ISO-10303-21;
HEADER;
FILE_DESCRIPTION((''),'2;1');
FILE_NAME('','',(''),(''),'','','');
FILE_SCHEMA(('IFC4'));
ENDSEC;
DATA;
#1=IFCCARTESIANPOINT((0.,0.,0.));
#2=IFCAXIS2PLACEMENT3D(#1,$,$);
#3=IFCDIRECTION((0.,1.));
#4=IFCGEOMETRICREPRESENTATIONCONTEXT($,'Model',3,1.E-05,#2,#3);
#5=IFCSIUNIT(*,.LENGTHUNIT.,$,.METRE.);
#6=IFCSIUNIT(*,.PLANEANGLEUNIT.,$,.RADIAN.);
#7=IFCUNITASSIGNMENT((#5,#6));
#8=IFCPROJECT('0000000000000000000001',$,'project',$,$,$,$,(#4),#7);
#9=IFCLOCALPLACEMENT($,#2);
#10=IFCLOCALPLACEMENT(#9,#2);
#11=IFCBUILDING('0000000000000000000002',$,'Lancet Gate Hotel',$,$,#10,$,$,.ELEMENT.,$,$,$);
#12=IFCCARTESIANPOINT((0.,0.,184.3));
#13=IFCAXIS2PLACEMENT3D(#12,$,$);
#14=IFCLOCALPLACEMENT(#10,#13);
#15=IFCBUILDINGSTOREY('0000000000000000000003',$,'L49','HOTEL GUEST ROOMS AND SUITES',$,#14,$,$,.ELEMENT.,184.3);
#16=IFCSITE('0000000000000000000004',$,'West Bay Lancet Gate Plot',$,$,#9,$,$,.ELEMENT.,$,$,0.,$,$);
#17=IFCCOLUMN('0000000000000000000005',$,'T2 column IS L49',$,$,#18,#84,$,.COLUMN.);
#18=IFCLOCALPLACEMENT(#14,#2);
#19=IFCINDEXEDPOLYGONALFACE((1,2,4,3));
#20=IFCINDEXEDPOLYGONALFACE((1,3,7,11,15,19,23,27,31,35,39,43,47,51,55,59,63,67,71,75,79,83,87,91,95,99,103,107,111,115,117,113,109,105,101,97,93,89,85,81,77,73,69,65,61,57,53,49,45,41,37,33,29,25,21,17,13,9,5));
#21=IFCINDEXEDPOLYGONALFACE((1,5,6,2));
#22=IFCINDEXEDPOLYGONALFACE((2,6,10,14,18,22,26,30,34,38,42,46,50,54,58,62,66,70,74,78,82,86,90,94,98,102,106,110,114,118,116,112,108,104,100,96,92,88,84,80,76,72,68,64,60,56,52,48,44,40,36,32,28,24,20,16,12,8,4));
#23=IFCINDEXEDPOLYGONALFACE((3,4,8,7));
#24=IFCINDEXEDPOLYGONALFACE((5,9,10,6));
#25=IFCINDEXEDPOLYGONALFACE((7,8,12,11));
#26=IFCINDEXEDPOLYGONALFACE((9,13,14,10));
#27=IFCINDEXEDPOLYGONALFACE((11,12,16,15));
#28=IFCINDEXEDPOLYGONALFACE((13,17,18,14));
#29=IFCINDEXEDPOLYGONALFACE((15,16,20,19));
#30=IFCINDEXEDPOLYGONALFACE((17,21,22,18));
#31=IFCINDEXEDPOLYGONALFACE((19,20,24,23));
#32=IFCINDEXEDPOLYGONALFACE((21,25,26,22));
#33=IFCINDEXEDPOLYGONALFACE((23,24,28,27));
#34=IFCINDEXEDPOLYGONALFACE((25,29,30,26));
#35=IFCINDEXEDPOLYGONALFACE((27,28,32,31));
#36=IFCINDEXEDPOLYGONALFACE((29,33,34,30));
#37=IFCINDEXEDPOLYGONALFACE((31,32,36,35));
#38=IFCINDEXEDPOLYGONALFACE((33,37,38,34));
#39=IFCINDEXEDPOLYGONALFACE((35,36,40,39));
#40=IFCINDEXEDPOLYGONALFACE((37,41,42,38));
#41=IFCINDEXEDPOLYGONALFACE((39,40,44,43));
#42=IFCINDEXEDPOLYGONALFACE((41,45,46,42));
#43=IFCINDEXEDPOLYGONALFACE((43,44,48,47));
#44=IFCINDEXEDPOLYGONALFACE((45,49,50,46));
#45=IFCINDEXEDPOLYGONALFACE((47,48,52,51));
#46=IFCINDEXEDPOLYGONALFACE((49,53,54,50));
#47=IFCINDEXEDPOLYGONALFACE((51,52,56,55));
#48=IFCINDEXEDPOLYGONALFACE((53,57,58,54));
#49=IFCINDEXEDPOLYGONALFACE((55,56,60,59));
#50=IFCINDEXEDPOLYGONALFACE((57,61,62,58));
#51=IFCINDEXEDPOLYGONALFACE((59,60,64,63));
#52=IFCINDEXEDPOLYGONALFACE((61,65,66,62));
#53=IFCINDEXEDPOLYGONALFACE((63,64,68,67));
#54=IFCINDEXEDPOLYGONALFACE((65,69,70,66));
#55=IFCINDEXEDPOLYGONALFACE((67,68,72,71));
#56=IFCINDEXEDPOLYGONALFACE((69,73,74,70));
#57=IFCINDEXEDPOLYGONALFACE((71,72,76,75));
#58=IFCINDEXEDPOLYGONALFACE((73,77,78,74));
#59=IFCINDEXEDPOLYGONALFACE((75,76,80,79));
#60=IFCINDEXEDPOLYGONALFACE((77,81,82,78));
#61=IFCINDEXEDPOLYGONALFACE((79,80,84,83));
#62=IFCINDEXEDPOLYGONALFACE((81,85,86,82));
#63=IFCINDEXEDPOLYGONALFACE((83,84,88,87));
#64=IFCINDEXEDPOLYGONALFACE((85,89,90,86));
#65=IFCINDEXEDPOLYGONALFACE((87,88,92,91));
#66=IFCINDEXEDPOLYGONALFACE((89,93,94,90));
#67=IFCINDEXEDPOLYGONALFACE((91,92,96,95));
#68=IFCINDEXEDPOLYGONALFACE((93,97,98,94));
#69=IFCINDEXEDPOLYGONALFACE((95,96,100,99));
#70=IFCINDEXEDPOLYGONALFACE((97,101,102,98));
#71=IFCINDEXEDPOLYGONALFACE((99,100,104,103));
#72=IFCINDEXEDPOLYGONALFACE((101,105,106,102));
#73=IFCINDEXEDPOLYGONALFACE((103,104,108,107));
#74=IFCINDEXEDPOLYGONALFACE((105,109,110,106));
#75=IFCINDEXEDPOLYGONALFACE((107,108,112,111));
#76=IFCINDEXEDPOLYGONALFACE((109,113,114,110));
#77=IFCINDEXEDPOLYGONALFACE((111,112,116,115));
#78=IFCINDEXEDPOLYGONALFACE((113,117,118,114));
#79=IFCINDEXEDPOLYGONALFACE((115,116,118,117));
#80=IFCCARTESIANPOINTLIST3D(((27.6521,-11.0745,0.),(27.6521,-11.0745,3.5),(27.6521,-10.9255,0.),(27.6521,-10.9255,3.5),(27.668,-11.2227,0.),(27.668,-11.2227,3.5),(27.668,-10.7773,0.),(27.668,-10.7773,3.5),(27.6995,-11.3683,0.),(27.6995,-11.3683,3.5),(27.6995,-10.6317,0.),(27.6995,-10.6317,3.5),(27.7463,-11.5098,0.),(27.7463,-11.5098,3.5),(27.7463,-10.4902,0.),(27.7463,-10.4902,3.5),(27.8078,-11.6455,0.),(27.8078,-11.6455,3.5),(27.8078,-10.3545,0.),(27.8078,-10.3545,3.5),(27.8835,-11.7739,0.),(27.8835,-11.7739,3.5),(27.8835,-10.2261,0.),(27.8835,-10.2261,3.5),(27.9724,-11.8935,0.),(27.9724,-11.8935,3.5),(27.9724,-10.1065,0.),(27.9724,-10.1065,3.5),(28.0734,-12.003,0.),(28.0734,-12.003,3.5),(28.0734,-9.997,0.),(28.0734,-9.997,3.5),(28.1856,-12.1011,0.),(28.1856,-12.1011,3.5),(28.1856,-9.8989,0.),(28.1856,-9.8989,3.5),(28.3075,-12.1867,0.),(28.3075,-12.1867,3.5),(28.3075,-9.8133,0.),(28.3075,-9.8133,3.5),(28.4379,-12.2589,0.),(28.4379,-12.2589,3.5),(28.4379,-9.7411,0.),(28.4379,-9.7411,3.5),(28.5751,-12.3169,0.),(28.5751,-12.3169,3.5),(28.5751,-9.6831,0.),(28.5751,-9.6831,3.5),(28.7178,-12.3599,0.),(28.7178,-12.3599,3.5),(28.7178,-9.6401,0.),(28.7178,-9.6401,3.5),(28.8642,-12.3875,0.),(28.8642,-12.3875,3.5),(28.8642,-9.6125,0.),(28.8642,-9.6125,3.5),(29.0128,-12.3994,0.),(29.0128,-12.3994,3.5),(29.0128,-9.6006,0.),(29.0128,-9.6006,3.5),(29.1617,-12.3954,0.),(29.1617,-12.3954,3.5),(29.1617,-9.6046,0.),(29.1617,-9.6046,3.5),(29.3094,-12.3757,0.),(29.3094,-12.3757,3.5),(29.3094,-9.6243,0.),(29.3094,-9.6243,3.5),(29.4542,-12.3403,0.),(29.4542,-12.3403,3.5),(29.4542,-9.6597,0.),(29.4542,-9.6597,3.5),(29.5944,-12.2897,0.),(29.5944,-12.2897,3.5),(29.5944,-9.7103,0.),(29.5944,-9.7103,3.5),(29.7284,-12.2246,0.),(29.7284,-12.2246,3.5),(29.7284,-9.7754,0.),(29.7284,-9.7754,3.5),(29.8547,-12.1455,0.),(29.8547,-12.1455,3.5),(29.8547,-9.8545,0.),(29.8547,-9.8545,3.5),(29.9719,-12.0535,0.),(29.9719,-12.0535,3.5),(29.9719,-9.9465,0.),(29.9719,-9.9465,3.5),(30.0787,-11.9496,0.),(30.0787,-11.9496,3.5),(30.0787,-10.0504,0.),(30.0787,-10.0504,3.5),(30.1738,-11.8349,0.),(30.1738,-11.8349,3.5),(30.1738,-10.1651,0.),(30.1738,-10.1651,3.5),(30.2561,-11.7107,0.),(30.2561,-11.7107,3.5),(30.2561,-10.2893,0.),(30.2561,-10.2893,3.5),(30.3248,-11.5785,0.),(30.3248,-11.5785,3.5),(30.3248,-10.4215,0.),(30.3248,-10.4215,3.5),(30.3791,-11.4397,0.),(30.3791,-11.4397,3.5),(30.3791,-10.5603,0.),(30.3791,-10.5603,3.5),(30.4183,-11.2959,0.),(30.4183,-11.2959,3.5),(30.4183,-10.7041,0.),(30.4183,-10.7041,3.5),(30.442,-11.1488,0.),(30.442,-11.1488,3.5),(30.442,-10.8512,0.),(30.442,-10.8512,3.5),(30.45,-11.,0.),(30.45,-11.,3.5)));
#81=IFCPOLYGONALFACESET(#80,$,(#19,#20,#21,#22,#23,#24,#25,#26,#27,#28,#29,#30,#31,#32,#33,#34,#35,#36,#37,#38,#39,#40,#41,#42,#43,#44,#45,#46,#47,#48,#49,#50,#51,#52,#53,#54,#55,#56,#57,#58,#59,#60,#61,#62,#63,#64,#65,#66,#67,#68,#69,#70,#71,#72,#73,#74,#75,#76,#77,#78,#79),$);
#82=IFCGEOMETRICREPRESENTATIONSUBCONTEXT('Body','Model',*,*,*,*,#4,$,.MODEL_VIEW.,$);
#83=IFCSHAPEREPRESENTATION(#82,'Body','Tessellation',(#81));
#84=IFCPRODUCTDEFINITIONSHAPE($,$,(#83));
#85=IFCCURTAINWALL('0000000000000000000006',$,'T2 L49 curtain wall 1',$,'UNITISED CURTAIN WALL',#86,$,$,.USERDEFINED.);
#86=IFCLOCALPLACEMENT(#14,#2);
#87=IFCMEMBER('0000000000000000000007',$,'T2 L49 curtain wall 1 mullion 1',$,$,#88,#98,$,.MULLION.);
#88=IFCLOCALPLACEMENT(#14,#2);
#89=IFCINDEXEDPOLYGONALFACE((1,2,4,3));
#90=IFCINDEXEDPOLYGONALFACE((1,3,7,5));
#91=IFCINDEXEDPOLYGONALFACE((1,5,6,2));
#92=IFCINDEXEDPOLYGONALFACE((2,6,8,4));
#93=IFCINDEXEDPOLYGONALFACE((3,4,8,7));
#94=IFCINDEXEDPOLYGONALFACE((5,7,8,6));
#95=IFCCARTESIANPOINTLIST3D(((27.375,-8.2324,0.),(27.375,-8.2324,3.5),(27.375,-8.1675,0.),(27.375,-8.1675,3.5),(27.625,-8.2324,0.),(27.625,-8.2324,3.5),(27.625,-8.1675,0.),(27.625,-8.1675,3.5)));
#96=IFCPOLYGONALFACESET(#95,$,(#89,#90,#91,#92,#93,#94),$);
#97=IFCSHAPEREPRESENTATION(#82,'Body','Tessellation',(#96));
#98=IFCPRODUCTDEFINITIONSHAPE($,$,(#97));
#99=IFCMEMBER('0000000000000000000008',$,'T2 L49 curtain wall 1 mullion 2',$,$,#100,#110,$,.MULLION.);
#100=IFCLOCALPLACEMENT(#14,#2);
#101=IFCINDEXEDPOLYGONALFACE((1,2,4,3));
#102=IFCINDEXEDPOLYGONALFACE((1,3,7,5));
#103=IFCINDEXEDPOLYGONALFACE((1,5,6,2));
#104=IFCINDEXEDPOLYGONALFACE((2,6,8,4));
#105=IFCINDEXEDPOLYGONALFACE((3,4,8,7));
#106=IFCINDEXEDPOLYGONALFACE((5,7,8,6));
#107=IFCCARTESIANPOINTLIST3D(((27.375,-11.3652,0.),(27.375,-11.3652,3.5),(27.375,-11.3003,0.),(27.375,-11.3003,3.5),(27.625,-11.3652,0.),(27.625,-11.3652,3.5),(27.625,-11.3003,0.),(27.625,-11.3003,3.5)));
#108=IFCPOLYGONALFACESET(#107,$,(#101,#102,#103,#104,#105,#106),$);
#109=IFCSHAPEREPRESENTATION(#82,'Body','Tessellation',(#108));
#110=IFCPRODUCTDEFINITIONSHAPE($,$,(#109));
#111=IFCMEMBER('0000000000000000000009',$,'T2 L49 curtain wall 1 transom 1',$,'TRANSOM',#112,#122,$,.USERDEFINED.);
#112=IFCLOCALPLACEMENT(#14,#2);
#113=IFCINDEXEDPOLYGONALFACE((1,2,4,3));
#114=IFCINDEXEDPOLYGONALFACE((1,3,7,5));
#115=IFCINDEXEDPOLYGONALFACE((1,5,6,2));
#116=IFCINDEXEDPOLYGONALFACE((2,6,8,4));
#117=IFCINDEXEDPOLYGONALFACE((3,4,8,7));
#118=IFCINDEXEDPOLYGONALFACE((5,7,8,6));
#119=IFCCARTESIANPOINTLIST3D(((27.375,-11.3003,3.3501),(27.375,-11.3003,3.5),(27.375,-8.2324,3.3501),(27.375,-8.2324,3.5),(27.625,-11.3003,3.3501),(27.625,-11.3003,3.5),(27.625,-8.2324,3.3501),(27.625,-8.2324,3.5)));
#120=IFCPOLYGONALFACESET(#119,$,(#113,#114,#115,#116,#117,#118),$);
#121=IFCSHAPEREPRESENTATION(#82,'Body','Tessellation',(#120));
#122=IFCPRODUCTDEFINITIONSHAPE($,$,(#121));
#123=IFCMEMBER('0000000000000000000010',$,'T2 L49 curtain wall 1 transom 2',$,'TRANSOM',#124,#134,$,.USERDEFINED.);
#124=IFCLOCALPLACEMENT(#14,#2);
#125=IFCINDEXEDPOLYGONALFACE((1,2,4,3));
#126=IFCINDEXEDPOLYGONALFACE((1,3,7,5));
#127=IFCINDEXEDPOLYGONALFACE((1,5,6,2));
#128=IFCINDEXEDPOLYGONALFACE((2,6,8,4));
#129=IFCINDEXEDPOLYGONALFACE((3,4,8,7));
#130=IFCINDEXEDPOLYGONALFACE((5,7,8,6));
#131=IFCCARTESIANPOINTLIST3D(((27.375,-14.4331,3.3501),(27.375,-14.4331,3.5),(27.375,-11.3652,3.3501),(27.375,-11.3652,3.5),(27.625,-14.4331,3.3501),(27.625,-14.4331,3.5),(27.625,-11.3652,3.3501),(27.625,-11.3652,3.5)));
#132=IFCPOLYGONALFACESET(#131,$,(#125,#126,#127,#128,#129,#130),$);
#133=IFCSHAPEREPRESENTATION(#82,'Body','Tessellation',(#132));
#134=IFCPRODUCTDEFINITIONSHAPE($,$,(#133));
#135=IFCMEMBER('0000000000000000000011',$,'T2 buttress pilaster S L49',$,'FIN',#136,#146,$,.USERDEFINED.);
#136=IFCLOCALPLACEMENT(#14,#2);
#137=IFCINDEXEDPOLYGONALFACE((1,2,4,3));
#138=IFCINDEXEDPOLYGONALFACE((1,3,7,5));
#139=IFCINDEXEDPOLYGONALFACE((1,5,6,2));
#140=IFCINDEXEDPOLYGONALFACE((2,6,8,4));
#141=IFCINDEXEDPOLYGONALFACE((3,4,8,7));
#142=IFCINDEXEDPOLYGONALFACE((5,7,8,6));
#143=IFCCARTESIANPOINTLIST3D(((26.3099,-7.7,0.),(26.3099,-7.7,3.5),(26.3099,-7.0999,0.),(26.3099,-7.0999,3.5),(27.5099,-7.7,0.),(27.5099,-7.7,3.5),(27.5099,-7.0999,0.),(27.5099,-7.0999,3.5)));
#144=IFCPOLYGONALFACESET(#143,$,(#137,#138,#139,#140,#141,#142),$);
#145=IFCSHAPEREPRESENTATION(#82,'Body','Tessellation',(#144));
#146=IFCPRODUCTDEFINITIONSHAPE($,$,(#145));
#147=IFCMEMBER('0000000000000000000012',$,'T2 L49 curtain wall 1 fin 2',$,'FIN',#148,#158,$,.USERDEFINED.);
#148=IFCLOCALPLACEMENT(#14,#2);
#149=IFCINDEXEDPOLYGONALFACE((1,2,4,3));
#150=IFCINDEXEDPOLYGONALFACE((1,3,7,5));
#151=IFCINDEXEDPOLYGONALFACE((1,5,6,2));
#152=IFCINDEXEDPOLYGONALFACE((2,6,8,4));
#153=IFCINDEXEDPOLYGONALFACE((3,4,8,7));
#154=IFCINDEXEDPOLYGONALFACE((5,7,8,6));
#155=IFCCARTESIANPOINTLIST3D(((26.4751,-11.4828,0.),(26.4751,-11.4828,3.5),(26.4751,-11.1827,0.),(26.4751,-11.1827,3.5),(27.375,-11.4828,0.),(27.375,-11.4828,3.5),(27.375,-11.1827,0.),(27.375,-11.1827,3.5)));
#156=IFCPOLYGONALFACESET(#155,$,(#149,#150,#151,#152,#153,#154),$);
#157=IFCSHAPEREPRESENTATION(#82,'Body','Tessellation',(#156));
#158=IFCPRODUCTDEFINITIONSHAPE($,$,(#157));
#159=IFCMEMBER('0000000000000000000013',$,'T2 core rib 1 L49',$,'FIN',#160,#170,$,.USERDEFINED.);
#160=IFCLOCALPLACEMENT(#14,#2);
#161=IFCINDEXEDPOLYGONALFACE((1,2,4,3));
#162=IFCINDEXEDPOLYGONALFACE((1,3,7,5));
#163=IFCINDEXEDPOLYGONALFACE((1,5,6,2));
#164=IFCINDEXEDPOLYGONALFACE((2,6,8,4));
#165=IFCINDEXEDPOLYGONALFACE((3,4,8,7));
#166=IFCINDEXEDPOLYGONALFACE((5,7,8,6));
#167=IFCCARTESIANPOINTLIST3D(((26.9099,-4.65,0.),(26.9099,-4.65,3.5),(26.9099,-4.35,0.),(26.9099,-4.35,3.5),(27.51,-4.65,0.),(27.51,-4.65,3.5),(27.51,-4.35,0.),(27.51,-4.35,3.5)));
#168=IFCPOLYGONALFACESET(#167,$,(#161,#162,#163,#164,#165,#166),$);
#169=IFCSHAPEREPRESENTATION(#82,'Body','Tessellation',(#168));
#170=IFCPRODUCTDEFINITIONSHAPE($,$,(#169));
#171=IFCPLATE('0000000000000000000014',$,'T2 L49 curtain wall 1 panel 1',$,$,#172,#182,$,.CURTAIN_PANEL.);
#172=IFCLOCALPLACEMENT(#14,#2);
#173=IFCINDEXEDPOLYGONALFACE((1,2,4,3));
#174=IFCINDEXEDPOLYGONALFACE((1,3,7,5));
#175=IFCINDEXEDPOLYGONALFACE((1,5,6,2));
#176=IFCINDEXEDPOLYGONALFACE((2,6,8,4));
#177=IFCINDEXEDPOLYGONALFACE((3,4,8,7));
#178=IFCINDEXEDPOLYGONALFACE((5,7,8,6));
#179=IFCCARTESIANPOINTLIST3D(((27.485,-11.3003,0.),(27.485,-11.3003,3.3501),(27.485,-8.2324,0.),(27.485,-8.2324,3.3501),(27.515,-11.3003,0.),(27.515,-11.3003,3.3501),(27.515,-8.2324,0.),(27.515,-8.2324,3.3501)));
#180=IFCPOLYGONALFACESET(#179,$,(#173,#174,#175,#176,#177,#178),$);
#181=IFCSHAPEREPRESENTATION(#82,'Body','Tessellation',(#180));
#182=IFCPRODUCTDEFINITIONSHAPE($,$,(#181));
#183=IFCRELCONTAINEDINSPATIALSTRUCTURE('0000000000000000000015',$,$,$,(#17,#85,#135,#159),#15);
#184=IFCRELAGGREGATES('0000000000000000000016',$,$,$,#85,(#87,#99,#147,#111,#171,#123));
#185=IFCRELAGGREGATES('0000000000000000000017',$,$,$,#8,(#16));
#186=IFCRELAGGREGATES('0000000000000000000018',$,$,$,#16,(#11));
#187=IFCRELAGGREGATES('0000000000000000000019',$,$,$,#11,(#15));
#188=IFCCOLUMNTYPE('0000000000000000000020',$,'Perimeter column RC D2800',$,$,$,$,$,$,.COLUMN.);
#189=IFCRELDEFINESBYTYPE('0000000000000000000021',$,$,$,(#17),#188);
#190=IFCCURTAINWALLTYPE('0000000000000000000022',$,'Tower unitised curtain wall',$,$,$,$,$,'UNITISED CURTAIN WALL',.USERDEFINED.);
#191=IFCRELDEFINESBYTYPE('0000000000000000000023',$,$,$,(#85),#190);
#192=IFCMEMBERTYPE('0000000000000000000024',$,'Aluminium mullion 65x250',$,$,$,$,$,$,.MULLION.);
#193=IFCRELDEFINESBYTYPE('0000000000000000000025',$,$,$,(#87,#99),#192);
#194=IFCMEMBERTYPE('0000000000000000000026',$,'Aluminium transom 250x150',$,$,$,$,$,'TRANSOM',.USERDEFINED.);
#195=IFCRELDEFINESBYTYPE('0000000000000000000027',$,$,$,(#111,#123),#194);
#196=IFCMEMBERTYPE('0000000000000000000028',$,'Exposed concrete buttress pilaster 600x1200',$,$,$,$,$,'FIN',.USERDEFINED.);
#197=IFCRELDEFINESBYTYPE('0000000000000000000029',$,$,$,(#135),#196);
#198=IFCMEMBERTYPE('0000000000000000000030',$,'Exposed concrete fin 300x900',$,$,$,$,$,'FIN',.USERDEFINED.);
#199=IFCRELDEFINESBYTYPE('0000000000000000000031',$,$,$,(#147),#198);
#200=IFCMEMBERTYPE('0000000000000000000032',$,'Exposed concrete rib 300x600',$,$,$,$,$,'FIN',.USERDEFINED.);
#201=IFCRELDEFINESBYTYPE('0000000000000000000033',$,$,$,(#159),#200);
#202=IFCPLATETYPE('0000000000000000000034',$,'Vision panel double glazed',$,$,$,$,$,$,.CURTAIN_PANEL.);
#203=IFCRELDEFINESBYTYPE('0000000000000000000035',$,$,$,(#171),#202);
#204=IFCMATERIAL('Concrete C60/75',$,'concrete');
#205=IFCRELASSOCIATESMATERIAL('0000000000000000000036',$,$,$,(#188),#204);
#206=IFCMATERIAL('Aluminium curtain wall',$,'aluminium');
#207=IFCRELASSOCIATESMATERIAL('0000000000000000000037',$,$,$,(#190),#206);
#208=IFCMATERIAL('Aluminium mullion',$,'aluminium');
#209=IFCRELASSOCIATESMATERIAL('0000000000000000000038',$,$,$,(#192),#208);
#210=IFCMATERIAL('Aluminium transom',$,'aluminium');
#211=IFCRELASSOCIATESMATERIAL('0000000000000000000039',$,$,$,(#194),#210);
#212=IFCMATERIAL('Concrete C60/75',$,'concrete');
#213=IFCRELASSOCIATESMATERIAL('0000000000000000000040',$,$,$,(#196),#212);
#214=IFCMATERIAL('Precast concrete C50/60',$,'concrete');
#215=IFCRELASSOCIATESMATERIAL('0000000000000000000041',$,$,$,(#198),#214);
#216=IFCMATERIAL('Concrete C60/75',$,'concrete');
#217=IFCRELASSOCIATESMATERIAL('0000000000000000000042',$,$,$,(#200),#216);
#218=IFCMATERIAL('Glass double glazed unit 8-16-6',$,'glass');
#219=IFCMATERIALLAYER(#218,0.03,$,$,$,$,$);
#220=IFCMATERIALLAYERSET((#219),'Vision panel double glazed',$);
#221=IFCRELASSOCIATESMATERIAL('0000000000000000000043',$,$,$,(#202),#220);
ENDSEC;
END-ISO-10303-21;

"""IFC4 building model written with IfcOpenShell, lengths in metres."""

from ifc_helpers import new_model, si_unit, direction, frame, origin, origin_2d, place, context, subcontext, project, spatial, rectangle, circle, extrude, material, layer, layer_set, material_profile, profile_set, type_object, element, aggregate, save


model = new_model("IFC4")

# Units and contexts
model_context = context("Model", 3, precision=1e-05, world=origin(), true_north=direction((0.0, 1.0)))
body_context = subcontext(model_context, "Body", "Model", "MODEL_VIEW")
ifc_project = project(units=[si_unit("LENGTHUNIT", "METRE"), si_unit("PLANEANGLEUNIT", "RADIAN")], contexts=[model_context])

# Site, building, storey
site_placement = place(None, origin())
site = spatial("IfcSite", under=ifc_project, at=site_placement, Name="West Bay Lancet Gate Plot", CompositionType="ELEMENT", RefElevation=0.0)
building_placement = place(site_placement, origin())
building = spatial("IfcBuilding", under=site, at=building_placement, Name="Lancet Gate Hotel", CompositionType="ELEMENT")
storey_placement = place(building_placement, frame((0.0, 0.0, 184.3)))
storey = spatial("IfcBuildingStorey", under=building, at=storey_placement, Name="L49", Description="HOTEL GUEST ROOMS AND SUITES", CompositionType="ELEMENT", Elevation=184.3)

# Column
ifc_material_1 = material(Name="Concrete C60/75", Category="concrete")
ifc_material_profile_1 = material_profile(ifc_material_1, circle(Radius=1.3999, at=origin_2d()), Name="RC D2800")
ifc_profile_set_1 = profile_set([ifc_material_profile_1], Name="Concrete C60/75")
column_type = type_object("IfcColumnType", Name="Perimeter column RC D2800", PredefinedType="COLUMN", material=ifc_profile_set_1)
column_placement = place(storey_placement, frame((29.05, -11.0, 0.0), z_axis=(0.0, 0.0, 1.0), x_axis=(1.0, 0.0, 0.0)))
element("IfcColumn", 1, at=column_placement, inside=storey, type_object=column_type, Name="T2 column IS L49", PredefinedType="COLUMN", context=body_context, shape_type="SweptSolid", body=[
    extrude(circle(Radius=1.3999, at=origin_2d()), origin(), (0.0, 0.0, 1.0), 3.5),
])

# Curtain wall, members
ifc_material_2 = material(Name="Aluminium curtain wall", Category="aluminium")
curtain_wall_type = type_object("IfcCurtainWallType", Name="Tower unitised curtain wall", ElementType="UNITISED CURTAIN WALL", PredefinedType="USERDEFINED", material=ifc_material_2)
curtain_wall_placement = place(storey_placement, origin())
curtain_wall = element("IfcCurtainWall", 2, at=curtain_wall_placement, inside=storey, type_object=curtain_wall_type, Name="T2 L49 curtain wall 1", ObjectType="UNITISED CURTAIN WALL", PredefinedType="USERDEFINED")
ifc_material_3 = material(Name="Aluminium mullion", Category="aluminium")
ifc_material_profile_2 = material_profile(ifc_material_3, rectangle(XDim=0.0649, YDim=0.25, at=origin_2d()), Name="MULLION 65x250")
ifc_profile_set_2 = profile_set([ifc_material_profile_2], Name="Aluminium mullion")
member_type_1 = type_object("IfcMemberType", Name="Aluminium mullion 65x250", PredefinedType="MULLION", material=ifc_profile_set_2)
member_1_placement = place(storey_placement, frame((27.5, -8.2, 0.0), z_axis=(0.0, 0.0, 1.0), x_axis=(0.0, -1.0, 0.0)))
member_1 = element("IfcMember", 3, at=member_1_placement, type_object=member_type_1, Name="T2 L49 curtain wall 1 mullion 1", PredefinedType="MULLION", context=body_context, shape_type="SweptSolid", body=[
    extrude(rectangle(XDim=0.0649, YDim=0.25, at=origin_2d()), origin(), (0.0, 0.0, 1.0), 3.5),
])
member_2_placement = place(storey_placement, frame((27.5, -11.3328, 0.0), z_axis=(0.0, 0.0, 1.0), x_axis=(0.0, -1.0, 0.0)))
member_2 = element("IfcMember", 4, at=member_2_placement, type_object=member_type_1, Name="T2 L49 curtain wall 1 mullion 2", PredefinedType="MULLION", context=body_context, shape_type="SweptSolid", body=[
    extrude(rectangle(XDim=0.0649, YDim=0.25, at=origin_2d()), origin(), (0.0, 0.0, 1.0), 3.5),
])
ifc_material_4 = material(Name="Aluminium transom", Category="aluminium")
ifc_material_profile_3 = material_profile(ifc_material_4, rectangle(XDim=0.25, YDim=0.1499, at=origin_2d()), Name="TRANSOM 250x150")
ifc_profile_set_3 = profile_set([ifc_material_profile_3], Name="Aluminium transom")
member_type_2 = type_object("IfcMemberType", Name="Aluminium transom 250x150", ElementType="TRANSOM", PredefinedType="USERDEFINED", material=ifc_profile_set_3)
member_3_placement = place(storey_placement, frame((27.5, -8.2324, 3.425), z_axis=(0.0, -1.0, 0.0), x_axis=(1.0, 0.0, 0.0)))
member_3 = element("IfcMember", 5, at=member_3_placement, type_object=member_type_2, Name="T2 L49 curtain wall 1 transom 1", ObjectType="TRANSOM", PredefinedType="USERDEFINED", context=body_context, shape_type="SweptSolid", body=[
    extrude(rectangle(XDim=0.25, YDim=0.1499, at=origin_2d()), origin(), (0.0, 0.0, 1.0), 3.0679),
])
member_4_placement = place(storey_placement, frame((27.5, -11.3652, 3.425), z_axis=(0.0, -1.0, 0.0), x_axis=(1.0, 0.0, 0.0)))
member_4 = element("IfcMember", 6, at=member_4_placement, type_object=member_type_2, Name="T2 L49 curtain wall 1 transom 2", ObjectType="TRANSOM", PredefinedType="USERDEFINED", context=body_context, shape_type="SweptSolid", body=[
    extrude(rectangle(XDim=0.25, YDim=0.1499, at=origin_2d()), origin(), (0.0, 0.0, 1.0), 3.0679),
])

# Members
ifc_material_5 = material(Name="Concrete C60/75", Category="concrete")
ifc_material_profile_4 = material_profile(ifc_material_5, rectangle(XDim=0.6001, YDim=1.2, at=origin_2d()), Name="FIN 600x1200")
ifc_profile_set_4 = profile_set([ifc_material_profile_4], Name="Concrete C60/75")
member_type_3 = type_object("IfcMemberType", Name="Exposed concrete buttress pilaster 600x1200", ElementType="FIN", PredefinedType="USERDEFINED", material=ifc_profile_set_4)
member_5_placement = place(storey_placement, frame((26.9099, -7.3999, 0.0), z_axis=(0.0, 0.0, 1.0), x_axis=(0.0, 1.0, 0.0)))
element("IfcMember", 7, at=member_5_placement, inside=storey, type_object=member_type_3, Name="T2 buttress pilaster S L49", ObjectType="FIN", PredefinedType="USERDEFINED", context=body_context, shape_type="SweptSolid", body=[
    extrude(rectangle(XDim=0.6001, YDim=1.2, at=origin_2d()), origin(), (0.0, 0.0, 1.0), 3.5),
])
ifc_material_6 = material(Name="Precast concrete C50/60", Category="concrete")
ifc_material_profile_5 = material_profile(ifc_material_6, rectangle(XDim=0.3, YDim=0.8999, at=origin_2d()), Name="FIN 300x900")
ifc_profile_set_5 = profile_set([ifc_material_profile_5], Name="Precast concrete C50/60")
member_type_4 = type_object("IfcMemberType", Name="Exposed concrete fin 300x900", ElementType="FIN", PredefinedType="USERDEFINED", material=ifc_profile_set_5)
member_6_placement = place(storey_placement, frame((26.925, -11.3328, 0.0), z_axis=(0.0, 0.0, 1.0), x_axis=(0.0, -1.0, 0.0)))
member_6 = element("IfcMember", 8, at=member_6_placement, type_object=member_type_4, Name="T2 L49 curtain wall 1 fin 2", ObjectType="FIN", PredefinedType="USERDEFINED", context=body_context, shape_type="SweptSolid", body=[
    extrude(rectangle(XDim=0.3, YDim=0.8999, at=origin_2d()), origin(), (0.0, 0.0, 1.0), 3.5),
])
ifc_material_7 = material(Name="Concrete C60/75", Category="concrete")
ifc_material_profile_6 = material_profile(ifc_material_7, rectangle(XDim=0.3, YDim=0.6001, at=origin_2d()), Name="FIN 300x600")
ifc_profile_set_6 = profile_set([ifc_material_profile_6], Name="Concrete C60/75")
member_type_5 = type_object("IfcMemberType", Name="Exposed concrete rib 300x600", ElementType="FIN", PredefinedType="USERDEFINED", material=ifc_profile_set_6)
member_7_placement = place(storey_placement, frame((27.21, -4.5, 0.0), z_axis=(0.0, 0.0, 1.0), x_axis=(0.0, 1.0, 0.0)))
element("IfcMember", 9, at=member_7_placement, inside=storey, type_object=member_type_5, Name="T2 core rib 1 L49", ObjectType="FIN", PredefinedType="USERDEFINED", context=body_context, shape_type="SweptSolid", body=[
    extrude(rectangle(XDim=0.3, YDim=0.6001, at=origin_2d()), origin(), (0.0, 0.0, 1.0), 3.5),
])

# Plate
ifc_material_8 = material(Name="Glass double glazed unit 8-16-6", Category="glass")
ifc_layer_1 = layer(ifc_material_8, 0.03)
ifc_layer_set_1 = layer_set([ifc_layer_1], Name="Vision panel double glazed")
plate_type = type_object("IfcPlateType", Name="Vision panel double glazed", PredefinedType="CURTAIN_PANEL", material=ifc_layer_set_1)
plate_1_placement = place(storey_placement, frame((27.5, -9.7664, 0.0), z_axis=(0.0, 0.0, 1.0), x_axis=(0.0, -1.0, 0.0)))
plate_1 = element("IfcPlate", 10, at=plate_1_placement, type_object=plate_type, Name="T2 L49 curtain wall 1 panel 1", PredefinedType="CURTAIN_PANEL", context=body_context, shape_type="SweptSolid", body=[
    extrude(rectangle(XDim=3.0679, YDim=0.03, at=origin_2d()), origin(), (0.0, 0.0, 1.0), 3.3501),
])
aggregate(curtain_wall, [member_1, member_2, member_6, member_3, plate_1, member_4])

save(model, "model.ifc")
